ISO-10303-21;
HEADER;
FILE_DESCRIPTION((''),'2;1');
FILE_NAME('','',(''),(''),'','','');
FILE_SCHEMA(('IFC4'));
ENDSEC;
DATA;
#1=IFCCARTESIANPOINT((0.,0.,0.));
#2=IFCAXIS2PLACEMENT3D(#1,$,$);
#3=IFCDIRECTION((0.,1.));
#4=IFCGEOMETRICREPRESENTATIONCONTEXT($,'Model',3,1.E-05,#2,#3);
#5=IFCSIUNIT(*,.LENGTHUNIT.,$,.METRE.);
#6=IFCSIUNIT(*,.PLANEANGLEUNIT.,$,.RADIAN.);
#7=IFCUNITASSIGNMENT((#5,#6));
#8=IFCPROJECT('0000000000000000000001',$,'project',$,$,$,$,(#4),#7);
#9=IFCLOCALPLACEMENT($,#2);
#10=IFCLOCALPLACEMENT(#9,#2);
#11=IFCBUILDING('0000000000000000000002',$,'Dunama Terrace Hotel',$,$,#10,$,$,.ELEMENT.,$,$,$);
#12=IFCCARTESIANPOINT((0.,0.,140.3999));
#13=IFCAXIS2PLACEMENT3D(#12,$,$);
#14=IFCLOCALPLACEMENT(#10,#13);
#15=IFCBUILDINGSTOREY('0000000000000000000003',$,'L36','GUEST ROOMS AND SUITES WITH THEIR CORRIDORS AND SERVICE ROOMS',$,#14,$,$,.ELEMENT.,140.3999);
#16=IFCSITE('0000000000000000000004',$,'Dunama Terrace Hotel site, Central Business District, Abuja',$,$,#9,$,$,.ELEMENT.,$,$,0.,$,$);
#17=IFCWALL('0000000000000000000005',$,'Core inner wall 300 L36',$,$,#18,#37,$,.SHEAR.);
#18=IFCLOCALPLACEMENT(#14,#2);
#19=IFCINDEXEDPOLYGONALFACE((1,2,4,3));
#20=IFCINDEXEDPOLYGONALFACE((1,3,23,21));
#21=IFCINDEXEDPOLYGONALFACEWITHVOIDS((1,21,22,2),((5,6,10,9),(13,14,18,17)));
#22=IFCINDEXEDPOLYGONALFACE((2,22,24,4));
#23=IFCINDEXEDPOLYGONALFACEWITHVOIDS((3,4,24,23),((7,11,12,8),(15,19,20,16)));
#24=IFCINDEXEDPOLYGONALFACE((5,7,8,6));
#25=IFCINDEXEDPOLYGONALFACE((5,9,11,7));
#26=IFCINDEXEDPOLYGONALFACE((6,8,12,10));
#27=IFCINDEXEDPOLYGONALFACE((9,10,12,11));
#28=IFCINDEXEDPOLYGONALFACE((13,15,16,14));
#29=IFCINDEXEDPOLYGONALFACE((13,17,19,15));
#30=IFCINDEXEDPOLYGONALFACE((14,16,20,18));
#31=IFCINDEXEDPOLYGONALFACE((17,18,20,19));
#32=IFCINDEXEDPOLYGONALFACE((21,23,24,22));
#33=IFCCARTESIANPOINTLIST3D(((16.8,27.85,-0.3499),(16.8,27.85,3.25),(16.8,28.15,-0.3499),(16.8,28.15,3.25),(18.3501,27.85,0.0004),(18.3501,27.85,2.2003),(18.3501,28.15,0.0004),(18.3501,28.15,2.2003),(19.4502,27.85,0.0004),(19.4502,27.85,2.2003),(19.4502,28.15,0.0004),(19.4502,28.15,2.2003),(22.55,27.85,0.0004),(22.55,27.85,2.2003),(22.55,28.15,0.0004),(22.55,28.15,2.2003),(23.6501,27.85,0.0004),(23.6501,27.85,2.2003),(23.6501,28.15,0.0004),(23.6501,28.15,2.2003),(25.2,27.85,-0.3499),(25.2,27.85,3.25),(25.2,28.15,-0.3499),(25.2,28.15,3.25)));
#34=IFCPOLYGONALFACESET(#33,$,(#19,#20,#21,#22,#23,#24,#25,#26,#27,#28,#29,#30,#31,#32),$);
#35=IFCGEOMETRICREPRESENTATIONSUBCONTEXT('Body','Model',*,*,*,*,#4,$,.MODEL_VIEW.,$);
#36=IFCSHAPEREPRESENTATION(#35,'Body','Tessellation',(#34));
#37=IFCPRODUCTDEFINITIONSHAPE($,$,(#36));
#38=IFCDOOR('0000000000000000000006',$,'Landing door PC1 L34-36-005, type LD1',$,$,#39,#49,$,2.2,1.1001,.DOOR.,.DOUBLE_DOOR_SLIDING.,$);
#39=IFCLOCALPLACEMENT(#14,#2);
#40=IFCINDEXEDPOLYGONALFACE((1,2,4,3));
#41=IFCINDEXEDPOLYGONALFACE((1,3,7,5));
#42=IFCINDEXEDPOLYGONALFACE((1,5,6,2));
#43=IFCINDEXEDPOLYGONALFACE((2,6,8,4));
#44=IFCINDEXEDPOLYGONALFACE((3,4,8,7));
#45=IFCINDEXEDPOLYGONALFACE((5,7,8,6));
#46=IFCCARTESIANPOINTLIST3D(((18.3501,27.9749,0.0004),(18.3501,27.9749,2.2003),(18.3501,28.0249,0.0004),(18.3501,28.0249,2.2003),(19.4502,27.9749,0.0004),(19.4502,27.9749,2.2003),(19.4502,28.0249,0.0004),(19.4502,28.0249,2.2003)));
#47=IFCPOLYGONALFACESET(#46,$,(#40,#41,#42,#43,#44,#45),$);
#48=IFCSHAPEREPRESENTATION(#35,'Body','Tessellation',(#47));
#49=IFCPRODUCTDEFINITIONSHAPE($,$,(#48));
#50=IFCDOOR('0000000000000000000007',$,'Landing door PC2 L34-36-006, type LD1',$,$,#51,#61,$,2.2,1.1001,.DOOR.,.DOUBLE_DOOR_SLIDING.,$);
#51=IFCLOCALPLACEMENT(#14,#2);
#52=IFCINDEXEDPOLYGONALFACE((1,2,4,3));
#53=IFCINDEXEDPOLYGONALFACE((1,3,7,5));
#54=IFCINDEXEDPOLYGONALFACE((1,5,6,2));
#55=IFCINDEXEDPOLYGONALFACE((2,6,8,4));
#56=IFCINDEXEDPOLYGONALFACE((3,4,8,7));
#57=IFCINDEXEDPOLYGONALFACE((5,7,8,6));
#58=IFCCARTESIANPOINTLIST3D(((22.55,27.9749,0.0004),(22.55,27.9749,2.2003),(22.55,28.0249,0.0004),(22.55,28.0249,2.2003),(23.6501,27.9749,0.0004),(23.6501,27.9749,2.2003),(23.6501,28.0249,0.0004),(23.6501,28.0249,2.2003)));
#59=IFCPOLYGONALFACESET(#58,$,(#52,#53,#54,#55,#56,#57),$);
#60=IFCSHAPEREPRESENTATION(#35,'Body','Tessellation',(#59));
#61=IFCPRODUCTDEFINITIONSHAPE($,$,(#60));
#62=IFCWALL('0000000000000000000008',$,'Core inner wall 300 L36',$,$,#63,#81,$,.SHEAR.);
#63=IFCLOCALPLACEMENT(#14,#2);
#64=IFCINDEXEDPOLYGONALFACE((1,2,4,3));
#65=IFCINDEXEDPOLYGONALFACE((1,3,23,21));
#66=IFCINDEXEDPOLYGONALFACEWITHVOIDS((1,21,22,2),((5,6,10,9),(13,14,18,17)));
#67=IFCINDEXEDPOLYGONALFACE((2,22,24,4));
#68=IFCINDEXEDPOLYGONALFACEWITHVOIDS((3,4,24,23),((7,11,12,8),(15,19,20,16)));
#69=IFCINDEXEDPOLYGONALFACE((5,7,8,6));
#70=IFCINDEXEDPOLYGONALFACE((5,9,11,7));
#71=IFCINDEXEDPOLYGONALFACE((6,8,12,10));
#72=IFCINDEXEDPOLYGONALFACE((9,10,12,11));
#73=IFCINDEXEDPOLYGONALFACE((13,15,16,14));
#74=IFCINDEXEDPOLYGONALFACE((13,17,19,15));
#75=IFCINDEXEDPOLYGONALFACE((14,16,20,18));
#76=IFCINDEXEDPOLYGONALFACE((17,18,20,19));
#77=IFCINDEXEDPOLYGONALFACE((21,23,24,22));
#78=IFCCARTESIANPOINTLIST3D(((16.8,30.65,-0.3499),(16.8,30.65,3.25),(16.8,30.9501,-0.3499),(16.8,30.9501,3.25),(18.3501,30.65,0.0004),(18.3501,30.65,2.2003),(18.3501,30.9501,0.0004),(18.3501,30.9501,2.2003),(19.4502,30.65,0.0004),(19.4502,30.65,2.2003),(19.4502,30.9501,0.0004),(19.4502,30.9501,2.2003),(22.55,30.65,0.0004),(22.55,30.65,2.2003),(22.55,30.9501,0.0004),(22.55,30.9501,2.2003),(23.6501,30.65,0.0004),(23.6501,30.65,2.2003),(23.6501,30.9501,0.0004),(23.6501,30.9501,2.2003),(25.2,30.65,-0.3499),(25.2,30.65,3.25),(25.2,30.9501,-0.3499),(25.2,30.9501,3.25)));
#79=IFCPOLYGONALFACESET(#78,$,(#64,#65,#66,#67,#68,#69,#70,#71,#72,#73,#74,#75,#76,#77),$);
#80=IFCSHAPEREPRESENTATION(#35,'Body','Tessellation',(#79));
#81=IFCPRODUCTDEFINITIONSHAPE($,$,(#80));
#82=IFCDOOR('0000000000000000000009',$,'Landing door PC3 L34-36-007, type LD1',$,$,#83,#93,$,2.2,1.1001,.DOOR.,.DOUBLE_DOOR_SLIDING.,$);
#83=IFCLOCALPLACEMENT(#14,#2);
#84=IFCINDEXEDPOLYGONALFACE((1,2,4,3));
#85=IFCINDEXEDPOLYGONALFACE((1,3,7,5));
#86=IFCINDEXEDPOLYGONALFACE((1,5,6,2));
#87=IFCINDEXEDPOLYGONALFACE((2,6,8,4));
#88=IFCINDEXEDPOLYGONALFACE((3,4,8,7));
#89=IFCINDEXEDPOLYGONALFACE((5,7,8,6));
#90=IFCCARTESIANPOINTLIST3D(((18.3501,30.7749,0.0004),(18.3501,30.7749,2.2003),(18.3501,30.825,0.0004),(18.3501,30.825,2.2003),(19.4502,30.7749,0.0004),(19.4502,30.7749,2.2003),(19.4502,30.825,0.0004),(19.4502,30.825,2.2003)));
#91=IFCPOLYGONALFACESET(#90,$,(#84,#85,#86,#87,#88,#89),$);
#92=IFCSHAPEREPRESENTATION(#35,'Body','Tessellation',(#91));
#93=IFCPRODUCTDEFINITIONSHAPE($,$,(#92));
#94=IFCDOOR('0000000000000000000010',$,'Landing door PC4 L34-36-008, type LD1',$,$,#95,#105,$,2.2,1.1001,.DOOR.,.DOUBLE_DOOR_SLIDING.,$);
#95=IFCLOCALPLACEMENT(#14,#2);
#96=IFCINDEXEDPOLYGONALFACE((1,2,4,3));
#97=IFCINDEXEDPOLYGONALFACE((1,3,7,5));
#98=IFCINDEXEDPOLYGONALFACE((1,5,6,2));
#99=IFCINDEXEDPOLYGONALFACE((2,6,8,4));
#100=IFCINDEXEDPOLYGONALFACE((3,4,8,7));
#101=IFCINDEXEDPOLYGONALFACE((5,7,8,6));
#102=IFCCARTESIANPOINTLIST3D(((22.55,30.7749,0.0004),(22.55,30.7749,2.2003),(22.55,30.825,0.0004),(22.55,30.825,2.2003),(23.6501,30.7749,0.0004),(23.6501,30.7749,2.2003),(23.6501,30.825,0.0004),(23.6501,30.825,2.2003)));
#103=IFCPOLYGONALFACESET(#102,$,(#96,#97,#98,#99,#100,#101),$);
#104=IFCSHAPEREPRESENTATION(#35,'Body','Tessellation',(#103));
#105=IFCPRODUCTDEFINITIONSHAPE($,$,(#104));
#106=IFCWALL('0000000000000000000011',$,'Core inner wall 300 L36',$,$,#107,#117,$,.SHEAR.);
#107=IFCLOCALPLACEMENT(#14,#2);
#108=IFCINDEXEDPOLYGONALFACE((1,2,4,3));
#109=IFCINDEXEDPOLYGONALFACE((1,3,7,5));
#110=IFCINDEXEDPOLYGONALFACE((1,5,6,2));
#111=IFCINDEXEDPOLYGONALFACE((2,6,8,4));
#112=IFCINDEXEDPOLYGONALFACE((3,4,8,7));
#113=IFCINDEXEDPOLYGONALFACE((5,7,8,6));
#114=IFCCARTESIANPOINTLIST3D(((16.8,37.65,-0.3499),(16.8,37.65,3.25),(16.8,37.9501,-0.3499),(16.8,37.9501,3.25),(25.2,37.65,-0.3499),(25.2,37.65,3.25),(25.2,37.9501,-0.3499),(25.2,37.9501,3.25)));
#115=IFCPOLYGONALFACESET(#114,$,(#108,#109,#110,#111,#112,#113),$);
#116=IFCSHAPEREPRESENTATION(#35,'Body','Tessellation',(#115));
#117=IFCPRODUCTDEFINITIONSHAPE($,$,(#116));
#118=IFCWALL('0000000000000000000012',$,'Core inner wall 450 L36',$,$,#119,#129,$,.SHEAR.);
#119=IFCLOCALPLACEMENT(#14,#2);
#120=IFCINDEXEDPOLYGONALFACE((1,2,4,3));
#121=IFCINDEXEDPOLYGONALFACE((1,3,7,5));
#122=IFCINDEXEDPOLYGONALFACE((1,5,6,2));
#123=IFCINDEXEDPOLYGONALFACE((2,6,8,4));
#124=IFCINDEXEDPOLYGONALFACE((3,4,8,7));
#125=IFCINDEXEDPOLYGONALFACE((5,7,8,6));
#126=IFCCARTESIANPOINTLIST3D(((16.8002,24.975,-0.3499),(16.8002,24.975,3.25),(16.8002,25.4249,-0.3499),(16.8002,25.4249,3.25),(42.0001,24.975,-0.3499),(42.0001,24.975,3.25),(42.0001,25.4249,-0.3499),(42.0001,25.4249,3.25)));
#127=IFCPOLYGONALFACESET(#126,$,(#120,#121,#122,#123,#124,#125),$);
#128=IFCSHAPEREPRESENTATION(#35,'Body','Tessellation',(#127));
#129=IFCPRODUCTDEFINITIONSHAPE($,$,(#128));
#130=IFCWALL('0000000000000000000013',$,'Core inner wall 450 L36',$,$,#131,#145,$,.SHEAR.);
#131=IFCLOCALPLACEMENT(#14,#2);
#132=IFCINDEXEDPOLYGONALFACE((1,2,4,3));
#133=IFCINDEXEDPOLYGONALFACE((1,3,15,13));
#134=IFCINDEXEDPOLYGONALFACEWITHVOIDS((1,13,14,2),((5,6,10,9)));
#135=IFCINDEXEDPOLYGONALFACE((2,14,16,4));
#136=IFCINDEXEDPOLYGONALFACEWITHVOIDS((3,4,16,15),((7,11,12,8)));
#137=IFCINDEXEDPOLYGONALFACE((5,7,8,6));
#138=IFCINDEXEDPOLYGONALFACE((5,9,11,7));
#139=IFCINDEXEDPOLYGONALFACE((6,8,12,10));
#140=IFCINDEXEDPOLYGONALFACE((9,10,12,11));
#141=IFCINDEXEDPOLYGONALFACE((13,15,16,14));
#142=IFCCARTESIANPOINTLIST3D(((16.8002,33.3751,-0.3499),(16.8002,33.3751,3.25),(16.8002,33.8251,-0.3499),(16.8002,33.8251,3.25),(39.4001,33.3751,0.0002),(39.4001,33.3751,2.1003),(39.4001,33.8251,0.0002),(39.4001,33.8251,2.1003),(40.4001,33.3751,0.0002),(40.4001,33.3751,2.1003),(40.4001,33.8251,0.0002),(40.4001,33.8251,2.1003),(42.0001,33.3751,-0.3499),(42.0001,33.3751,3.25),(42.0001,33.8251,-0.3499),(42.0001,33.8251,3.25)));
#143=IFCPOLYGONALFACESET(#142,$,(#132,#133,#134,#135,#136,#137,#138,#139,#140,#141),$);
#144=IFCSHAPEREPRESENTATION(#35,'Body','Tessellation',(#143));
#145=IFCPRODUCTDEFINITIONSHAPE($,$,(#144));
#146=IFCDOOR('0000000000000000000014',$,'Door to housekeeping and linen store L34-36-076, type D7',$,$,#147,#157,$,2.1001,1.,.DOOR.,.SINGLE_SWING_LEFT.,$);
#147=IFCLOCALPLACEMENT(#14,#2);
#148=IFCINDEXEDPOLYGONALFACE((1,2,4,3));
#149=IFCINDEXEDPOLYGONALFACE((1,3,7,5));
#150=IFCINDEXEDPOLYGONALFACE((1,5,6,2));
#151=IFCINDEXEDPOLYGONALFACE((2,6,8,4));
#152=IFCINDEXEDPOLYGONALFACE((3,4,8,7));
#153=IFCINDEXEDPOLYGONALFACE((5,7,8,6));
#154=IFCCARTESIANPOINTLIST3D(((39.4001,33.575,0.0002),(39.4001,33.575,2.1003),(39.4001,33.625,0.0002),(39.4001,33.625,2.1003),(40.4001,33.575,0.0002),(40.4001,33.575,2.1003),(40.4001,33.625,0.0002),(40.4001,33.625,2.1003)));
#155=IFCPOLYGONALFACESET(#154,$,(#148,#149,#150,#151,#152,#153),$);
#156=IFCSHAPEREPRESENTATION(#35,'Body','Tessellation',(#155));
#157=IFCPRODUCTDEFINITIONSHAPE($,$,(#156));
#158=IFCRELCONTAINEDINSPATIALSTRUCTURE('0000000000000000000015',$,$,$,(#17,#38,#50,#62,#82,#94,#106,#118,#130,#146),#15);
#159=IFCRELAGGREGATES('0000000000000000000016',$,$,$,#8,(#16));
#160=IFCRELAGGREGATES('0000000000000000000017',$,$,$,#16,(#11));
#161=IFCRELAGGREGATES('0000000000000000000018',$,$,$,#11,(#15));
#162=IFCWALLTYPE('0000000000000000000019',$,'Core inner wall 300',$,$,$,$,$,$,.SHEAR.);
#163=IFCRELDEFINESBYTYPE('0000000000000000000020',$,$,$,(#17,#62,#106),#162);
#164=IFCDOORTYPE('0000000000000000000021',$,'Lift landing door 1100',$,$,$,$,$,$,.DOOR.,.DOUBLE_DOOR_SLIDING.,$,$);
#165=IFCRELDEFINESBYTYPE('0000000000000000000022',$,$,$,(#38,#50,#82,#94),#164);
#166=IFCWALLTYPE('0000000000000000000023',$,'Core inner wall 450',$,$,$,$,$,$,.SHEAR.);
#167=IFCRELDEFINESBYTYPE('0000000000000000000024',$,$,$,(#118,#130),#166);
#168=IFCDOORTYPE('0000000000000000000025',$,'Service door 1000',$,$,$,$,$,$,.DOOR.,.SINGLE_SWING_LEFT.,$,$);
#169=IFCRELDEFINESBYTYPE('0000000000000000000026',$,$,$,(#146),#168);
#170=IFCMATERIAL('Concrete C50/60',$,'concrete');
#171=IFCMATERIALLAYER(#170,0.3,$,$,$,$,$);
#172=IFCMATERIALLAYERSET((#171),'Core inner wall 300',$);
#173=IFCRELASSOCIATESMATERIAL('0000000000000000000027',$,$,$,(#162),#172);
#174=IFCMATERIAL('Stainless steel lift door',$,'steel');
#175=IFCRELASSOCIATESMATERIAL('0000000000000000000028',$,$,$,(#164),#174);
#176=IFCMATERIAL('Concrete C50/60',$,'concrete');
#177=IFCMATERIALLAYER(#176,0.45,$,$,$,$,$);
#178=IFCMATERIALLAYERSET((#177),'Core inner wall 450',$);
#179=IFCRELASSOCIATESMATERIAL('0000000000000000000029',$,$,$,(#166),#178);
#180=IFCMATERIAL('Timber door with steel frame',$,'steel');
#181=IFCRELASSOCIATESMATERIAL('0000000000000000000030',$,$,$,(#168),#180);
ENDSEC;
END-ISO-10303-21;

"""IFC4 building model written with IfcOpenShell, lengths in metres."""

from ifc_helpers import new_model, si_unit, direction, frame, frame_2d, origin, place, context, subcontext, project, spatial, rectangle, extrude, material, layer, layer_set, type_object, element, fill, save


model = new_model("IFC4")

# Units and contexts
model_context = context("Model", 3, precision=1e-05, world=origin(), true_north=direction((0.0, 1.0)))
body_context = subcontext(model_context, "Body", "Model", "MODEL_VIEW")
ifc_project = project(units=[si_unit("LENGTHUNIT", "METRE"), si_unit("PLANEANGLEUNIT", "RADIAN")], contexts=[model_context])

# Site, building, storey
site_placement = place(None, origin())
site = spatial("IfcSite", under=ifc_project, at=site_placement, Name="Dunama Terrace Hotel site, Central Business District, Abuja", CompositionType="ELEMENT", RefElevation=0.0)
building_placement = place(site_placement, origin())
building = spatial("IfcBuilding", under=site, at=building_placement, Name="Dunama Terrace Hotel", CompositionType="ELEMENT")
storey_placement = place(building_placement, frame((0.0, 0.0, 140.3999)))
storey = spatial("IfcBuildingStorey", under=building, at=storey_placement, Name="L36", Description="GUEST ROOMS AND SUITES WITH THEIR CORRIDORS AND SERVICE ROOMS", CompositionType="ELEMENT", Elevation=140.3999)

# Shared definitions
ifc_material_1 = material(Name="Concrete C50/60", Category="concrete")
ifc_layer_1 = layer(ifc_material_1, 0.3)
ifc_layer_set_1 = layer_set([ifc_layer_1], Name="Core inner wall 300")
wall_type_1 = type_object("IfcWallType", Name="Core inner wall 300", PredefinedType="SHEAR", material=ifc_layer_set_1)

# Walls, openings, doors
wall_1_placement = place(storey_placement, frame((16.8, 28.0, -0.3499), z_axis=(0.0, 0.0, 1.0), x_axis=(1.0, 0.0, 0.0)))
wall_1 = element("IfcWall", 1, at=wall_1_placement, inside=storey, type_object=wall_type_1, Name="Core inner wall 300 L36", PredefinedType="SHEAR", context=body_context, shape_type="SweptSolid", body=[
    extrude(rectangle(XDim=8.3999, YDim=0.3, at=frame_2d((4.2, 0.0))), origin(), (0.0, 0.0, 1.0), 3.5999),
])
opening_1_placement = place(wall_1_placement, frame((1.55, 0.0, 0.3501)))
opening_1 = element("IfcOpeningElement", 2, at=opening_1_placement, cuts=wall_1, PredefinedType="OPENING", context=body_context, shape_type="SweptSolid", body=[
    extrude(rectangle(XDim=1.1001, YDim=2.2, at=frame_2d((0.55, 1.1001))), frame((0.0, 0.1599, 0.0), z_axis=(0.0, -1.0, 0.0), x_axis=(1.0, 0.0, 0.0)), (0.0, 0.0, 1.0), 0.3201),
])
opening_2_placement = place(wall_1_placement, frame((5.75, 0.0, 0.3501)))
opening_2 = element("IfcOpeningElement", 3, at=opening_2_placement, cuts=wall_1, PredefinedType="OPENING", context=body_context, shape_type="SweptSolid", body=[
    extrude(rectangle(XDim=1.1001, YDim=2.2, at=frame_2d((0.55, 1.1001))), frame((0.0, 0.1599, 0.0), z_axis=(0.0, -1.0, 0.0), x_axis=(1.0, 0.0, 0.0)), (0.0, 0.0, 1.0), 0.3201),
])
ifc_material_2 = material(Name="Stainless steel lift door", Category="steel")
door_type_1 = type_object("IfcDoorType", Name="Lift landing door 1100", OperationType="DOUBLE_DOOR_SLIDING", PredefinedType="DOOR", material=ifc_material_2)
door_1_placement = place(opening_1_placement, origin())
door_1 = element("IfcDoor", 4, at=door_1_placement, inside=storey, type_object=door_type_1, Name="Landing door PC1 L34-36-005, type LD1", OperationType="DOUBLE_DOOR_SLIDING", OverallHeight=2.2, OverallWidth=1.1001, PredefinedType="DOOR", context=body_context, shape_type="SweptSolid", body=[
    extrude(rectangle(XDim=1.1001, YDim=2.2, at=frame_2d((0.55, 1.1001))), frame((0.0, 0.0249, 0.0), z_axis=(0.0, -1.0, 0.0), x_axis=(1.0, 0.0, 0.0)), (0.0, 0.0, 1.0), 0.05),
])
fill(opening_1, door_1)
door_2_placement = place(opening_2_placement, origin())
door_2 = element("IfcDoor", 5, at=door_2_placement, inside=storey, type_object=door_type_1, Name="Landing door PC2 L34-36-006, type LD1", OperationType="DOUBLE_DOOR_SLIDING", OverallHeight=2.2, OverallWidth=1.1001, PredefinedType="DOOR", context=body_context, shape_type="SweptSolid", body=[
    extrude(rectangle(XDim=1.1001, YDim=2.2, at=frame_2d((0.55, 1.1001))), frame((0.0, 0.0249, 0.0), z_axis=(0.0, -1.0, 0.0), x_axis=(1.0, 0.0, 0.0)), (0.0, 0.0, 1.0), 0.05),
])
fill(opening_2, door_2)
wall_2_placement = place(storey_placement, frame((16.8, 30.8, -0.3499), z_axis=(0.0, 0.0, 1.0), x_axis=(1.0, 0.0, 0.0)))
wall_2 = element("IfcWall", 6, at=wall_2_placement, inside=storey, type_object=wall_type_1, Name="Core inner wall 300 L36", PredefinedType="SHEAR", context=body_context, shape_type="SweptSolid", body=[
    extrude(rectangle(XDim=8.3999, YDim=0.3, at=frame_2d((4.2, 0.0))), origin(), (0.0, 0.0, 1.0), 3.5999),
])
opening_3_placement = place(wall_2_placement, frame((1.55, 0.0, 0.3501)))
opening_3 = element("IfcOpeningElement", 7, at=opening_3_placement, cuts=wall_2, PredefinedType="OPENING", context=body_context, shape_type="SweptSolid", body=[
    extrude(rectangle(XDim=1.1001, YDim=2.2, at=frame_2d((0.55, 1.1001))), frame((0.0, 0.1599, 0.0), z_axis=(0.0, -1.0, 0.0), x_axis=(1.0, 0.0, 0.0)), (0.0, 0.0, 1.0), 0.3201),
])
opening_4_placement = place(wall_2_placement, frame((5.75, 0.0, 0.3501)))
opening_4 = element("IfcOpeningElement", 8, at=opening_4_placement, cuts=wall_2, PredefinedType="OPENING", context=body_context, shape_type="SweptSolid", body=[
    extrude(rectangle(XDim=1.1001, YDim=2.2, at=frame_2d((0.55, 1.1001))), frame((0.0, 0.1599, 0.0), z_axis=(0.0, -1.0, 0.0), x_axis=(1.0, 0.0, 0.0)), (0.0, 0.0, 1.0), 0.3201),
])
door_3_placement = place(opening_3_placement, origin())
door_3 = element("IfcDoor", 9, at=door_3_placement, inside=storey, type_object=door_type_1, Name="Landing door PC3 L34-36-007, type LD1", OperationType="DOUBLE_DOOR_SLIDING", OverallHeight=2.2, OverallWidth=1.1001, PredefinedType="DOOR", context=body_context, shape_type="SweptSolid", body=[
    extrude(rectangle(XDim=1.1001, YDim=2.2, at=frame_2d((0.55, 1.1001))), frame((0.0, 0.0249, 0.0), z_axis=(0.0, -1.0, 0.0), x_axis=(1.0, 0.0, 0.0)), (0.0, 0.0, 1.0), 0.05),
])
fill(opening_3, door_3)
door_4_placement = place(opening_4_placement, origin())
door_4 = element("IfcDoor", 10, at=door_4_placement, inside=storey, type_object=door_type_1, Name="Landing door PC4 L34-36-008, type LD1", OperationType="DOUBLE_DOOR_SLIDING", OverallHeight=2.2, OverallWidth=1.1001, PredefinedType="DOOR", context=body_context, shape_type="SweptSolid", body=[
    extrude(rectangle(XDim=1.1001, YDim=2.2, at=frame_2d((0.55, 1.1001))), frame((0.0, 0.0249, 0.0), z_axis=(0.0, -1.0, 0.0), x_axis=(1.0, 0.0, 0.0)), (0.0, 0.0, 1.0), 0.05),
])
fill(opening_4, door_4)

# Walls
wall_3_placement = place(storey_placement, frame((16.8, 37.8, -0.3499), z_axis=(0.0, 0.0, 1.0), x_axis=(1.0, 0.0, 0.0)))
element("IfcWall", 11, at=wall_3_placement, inside=storey, type_object=wall_type_1, Name="Core inner wall 300 L36", PredefinedType="SHEAR", context=body_context, shape_type="SweptSolid", body=[
    extrude(rectangle(XDim=8.3999, YDim=0.3, at=frame_2d((4.2, 0.0))), origin(), (0.0, 0.0, 1.0), 3.5999),
])
ifc_material_3 = material(Name="Concrete C50/60", Category="concrete")
ifc_layer_2 = layer(ifc_material_3, 0.45)
ifc_layer_set_2 = layer_set([ifc_layer_2], Name="Core inner wall 450")
wall_type_2 = type_object("IfcWallType", Name="Core inner wall 450", PredefinedType="SHEAR", material=ifc_layer_set_2)
wall_4_placement = place(storey_placement, frame((16.8, 25.2, -0.3499), z_axis=(0.0, 0.0, 1.0), x_axis=(1.0, 0.0, 0.0)))
element("IfcWall", 12, at=wall_4_placement, inside=storey, type_object=wall_type_2, Name="Core inner wall 450 L36", PredefinedType="SHEAR", context=body_context, shape_type="SweptSolid", body=[
    extrude(rectangle(XDim=25.2, YDim=0.45, at=frame_2d((12.6001, 0.0))), origin(), (0.0, 0.0, 1.0), 3.5999),
])

# Wall, opening, door
wall_5_placement = place(storey_placement, frame((16.8, 33.6001, -0.3499), z_axis=(0.0, 0.0, 1.0), x_axis=(1.0, 0.0, 0.0)))
wall_5 = element("IfcWall", 13, at=wall_5_placement, inside=storey, type_object=wall_type_2, Name="Core inner wall 450 L36", PredefinedType="SHEAR", context=body_context, shape_type="SweptSolid", body=[
    extrude(rectangle(XDim=25.2, YDim=0.45, at=frame_2d((12.6001, 0.0))), origin(), (0.0, 0.0, 1.0), 3.5999),
])
opening_5_placement = place(wall_5_placement, frame((22.6001, 0.0, 0.3501)))
opening_5 = element("IfcOpeningElement", 14, at=opening_5_placement, cuts=wall_5, PredefinedType="OPENING", context=body_context, shape_type="SweptSolid", body=[
    extrude(rectangle(XDim=1.0, YDim=2.1001, at=frame_2d((0.5, 1.05))), frame((0.0, 0.2349, 0.0), z_axis=(0.0, -1.0, 0.0), x_axis=(1.0, 0.0, 0.0)), (0.0, 0.0, 1.0), 0.47),
])
ifc_material_4 = material(Name="Timber door with steel frame", Category="steel")
door_type_2 = type_object("IfcDoorType", Name="Service door 1000", OperationType="SINGLE_SWING_LEFT", PredefinedType="DOOR", material=ifc_material_4)
door_5_placement = place(opening_5_placement, frame((1.0, 0.0, 0.0), z_axis=(0.0, 0.0, 1.0), x_axis=(-1.0, 0.0, 0.0)))
door_5 = element("IfcDoor", 15, at=door_5_placement, inside=storey, type_object=door_type_2, Name="Door to housekeeping and linen store L34-36-076, type D7", OperationType="SINGLE_SWING_LEFT", OverallHeight=2.1001, OverallWidth=1.0, PredefinedType="DOOR", context=body_context, shape_type="SweptSolid", body=[
    extrude(rectangle(XDim=1.0, YDim=2.1001, at=frame_2d((0.5, 1.05))), frame((0.0, 0.0251, 0.0), z_axis=(0.0, -1.0, 0.0), x_axis=(1.0, 0.0, 0.0)), (0.0, 0.0, 1.0), 0.05),
])
fill(opening_5, door_5)

save(model, "model.ifc")
